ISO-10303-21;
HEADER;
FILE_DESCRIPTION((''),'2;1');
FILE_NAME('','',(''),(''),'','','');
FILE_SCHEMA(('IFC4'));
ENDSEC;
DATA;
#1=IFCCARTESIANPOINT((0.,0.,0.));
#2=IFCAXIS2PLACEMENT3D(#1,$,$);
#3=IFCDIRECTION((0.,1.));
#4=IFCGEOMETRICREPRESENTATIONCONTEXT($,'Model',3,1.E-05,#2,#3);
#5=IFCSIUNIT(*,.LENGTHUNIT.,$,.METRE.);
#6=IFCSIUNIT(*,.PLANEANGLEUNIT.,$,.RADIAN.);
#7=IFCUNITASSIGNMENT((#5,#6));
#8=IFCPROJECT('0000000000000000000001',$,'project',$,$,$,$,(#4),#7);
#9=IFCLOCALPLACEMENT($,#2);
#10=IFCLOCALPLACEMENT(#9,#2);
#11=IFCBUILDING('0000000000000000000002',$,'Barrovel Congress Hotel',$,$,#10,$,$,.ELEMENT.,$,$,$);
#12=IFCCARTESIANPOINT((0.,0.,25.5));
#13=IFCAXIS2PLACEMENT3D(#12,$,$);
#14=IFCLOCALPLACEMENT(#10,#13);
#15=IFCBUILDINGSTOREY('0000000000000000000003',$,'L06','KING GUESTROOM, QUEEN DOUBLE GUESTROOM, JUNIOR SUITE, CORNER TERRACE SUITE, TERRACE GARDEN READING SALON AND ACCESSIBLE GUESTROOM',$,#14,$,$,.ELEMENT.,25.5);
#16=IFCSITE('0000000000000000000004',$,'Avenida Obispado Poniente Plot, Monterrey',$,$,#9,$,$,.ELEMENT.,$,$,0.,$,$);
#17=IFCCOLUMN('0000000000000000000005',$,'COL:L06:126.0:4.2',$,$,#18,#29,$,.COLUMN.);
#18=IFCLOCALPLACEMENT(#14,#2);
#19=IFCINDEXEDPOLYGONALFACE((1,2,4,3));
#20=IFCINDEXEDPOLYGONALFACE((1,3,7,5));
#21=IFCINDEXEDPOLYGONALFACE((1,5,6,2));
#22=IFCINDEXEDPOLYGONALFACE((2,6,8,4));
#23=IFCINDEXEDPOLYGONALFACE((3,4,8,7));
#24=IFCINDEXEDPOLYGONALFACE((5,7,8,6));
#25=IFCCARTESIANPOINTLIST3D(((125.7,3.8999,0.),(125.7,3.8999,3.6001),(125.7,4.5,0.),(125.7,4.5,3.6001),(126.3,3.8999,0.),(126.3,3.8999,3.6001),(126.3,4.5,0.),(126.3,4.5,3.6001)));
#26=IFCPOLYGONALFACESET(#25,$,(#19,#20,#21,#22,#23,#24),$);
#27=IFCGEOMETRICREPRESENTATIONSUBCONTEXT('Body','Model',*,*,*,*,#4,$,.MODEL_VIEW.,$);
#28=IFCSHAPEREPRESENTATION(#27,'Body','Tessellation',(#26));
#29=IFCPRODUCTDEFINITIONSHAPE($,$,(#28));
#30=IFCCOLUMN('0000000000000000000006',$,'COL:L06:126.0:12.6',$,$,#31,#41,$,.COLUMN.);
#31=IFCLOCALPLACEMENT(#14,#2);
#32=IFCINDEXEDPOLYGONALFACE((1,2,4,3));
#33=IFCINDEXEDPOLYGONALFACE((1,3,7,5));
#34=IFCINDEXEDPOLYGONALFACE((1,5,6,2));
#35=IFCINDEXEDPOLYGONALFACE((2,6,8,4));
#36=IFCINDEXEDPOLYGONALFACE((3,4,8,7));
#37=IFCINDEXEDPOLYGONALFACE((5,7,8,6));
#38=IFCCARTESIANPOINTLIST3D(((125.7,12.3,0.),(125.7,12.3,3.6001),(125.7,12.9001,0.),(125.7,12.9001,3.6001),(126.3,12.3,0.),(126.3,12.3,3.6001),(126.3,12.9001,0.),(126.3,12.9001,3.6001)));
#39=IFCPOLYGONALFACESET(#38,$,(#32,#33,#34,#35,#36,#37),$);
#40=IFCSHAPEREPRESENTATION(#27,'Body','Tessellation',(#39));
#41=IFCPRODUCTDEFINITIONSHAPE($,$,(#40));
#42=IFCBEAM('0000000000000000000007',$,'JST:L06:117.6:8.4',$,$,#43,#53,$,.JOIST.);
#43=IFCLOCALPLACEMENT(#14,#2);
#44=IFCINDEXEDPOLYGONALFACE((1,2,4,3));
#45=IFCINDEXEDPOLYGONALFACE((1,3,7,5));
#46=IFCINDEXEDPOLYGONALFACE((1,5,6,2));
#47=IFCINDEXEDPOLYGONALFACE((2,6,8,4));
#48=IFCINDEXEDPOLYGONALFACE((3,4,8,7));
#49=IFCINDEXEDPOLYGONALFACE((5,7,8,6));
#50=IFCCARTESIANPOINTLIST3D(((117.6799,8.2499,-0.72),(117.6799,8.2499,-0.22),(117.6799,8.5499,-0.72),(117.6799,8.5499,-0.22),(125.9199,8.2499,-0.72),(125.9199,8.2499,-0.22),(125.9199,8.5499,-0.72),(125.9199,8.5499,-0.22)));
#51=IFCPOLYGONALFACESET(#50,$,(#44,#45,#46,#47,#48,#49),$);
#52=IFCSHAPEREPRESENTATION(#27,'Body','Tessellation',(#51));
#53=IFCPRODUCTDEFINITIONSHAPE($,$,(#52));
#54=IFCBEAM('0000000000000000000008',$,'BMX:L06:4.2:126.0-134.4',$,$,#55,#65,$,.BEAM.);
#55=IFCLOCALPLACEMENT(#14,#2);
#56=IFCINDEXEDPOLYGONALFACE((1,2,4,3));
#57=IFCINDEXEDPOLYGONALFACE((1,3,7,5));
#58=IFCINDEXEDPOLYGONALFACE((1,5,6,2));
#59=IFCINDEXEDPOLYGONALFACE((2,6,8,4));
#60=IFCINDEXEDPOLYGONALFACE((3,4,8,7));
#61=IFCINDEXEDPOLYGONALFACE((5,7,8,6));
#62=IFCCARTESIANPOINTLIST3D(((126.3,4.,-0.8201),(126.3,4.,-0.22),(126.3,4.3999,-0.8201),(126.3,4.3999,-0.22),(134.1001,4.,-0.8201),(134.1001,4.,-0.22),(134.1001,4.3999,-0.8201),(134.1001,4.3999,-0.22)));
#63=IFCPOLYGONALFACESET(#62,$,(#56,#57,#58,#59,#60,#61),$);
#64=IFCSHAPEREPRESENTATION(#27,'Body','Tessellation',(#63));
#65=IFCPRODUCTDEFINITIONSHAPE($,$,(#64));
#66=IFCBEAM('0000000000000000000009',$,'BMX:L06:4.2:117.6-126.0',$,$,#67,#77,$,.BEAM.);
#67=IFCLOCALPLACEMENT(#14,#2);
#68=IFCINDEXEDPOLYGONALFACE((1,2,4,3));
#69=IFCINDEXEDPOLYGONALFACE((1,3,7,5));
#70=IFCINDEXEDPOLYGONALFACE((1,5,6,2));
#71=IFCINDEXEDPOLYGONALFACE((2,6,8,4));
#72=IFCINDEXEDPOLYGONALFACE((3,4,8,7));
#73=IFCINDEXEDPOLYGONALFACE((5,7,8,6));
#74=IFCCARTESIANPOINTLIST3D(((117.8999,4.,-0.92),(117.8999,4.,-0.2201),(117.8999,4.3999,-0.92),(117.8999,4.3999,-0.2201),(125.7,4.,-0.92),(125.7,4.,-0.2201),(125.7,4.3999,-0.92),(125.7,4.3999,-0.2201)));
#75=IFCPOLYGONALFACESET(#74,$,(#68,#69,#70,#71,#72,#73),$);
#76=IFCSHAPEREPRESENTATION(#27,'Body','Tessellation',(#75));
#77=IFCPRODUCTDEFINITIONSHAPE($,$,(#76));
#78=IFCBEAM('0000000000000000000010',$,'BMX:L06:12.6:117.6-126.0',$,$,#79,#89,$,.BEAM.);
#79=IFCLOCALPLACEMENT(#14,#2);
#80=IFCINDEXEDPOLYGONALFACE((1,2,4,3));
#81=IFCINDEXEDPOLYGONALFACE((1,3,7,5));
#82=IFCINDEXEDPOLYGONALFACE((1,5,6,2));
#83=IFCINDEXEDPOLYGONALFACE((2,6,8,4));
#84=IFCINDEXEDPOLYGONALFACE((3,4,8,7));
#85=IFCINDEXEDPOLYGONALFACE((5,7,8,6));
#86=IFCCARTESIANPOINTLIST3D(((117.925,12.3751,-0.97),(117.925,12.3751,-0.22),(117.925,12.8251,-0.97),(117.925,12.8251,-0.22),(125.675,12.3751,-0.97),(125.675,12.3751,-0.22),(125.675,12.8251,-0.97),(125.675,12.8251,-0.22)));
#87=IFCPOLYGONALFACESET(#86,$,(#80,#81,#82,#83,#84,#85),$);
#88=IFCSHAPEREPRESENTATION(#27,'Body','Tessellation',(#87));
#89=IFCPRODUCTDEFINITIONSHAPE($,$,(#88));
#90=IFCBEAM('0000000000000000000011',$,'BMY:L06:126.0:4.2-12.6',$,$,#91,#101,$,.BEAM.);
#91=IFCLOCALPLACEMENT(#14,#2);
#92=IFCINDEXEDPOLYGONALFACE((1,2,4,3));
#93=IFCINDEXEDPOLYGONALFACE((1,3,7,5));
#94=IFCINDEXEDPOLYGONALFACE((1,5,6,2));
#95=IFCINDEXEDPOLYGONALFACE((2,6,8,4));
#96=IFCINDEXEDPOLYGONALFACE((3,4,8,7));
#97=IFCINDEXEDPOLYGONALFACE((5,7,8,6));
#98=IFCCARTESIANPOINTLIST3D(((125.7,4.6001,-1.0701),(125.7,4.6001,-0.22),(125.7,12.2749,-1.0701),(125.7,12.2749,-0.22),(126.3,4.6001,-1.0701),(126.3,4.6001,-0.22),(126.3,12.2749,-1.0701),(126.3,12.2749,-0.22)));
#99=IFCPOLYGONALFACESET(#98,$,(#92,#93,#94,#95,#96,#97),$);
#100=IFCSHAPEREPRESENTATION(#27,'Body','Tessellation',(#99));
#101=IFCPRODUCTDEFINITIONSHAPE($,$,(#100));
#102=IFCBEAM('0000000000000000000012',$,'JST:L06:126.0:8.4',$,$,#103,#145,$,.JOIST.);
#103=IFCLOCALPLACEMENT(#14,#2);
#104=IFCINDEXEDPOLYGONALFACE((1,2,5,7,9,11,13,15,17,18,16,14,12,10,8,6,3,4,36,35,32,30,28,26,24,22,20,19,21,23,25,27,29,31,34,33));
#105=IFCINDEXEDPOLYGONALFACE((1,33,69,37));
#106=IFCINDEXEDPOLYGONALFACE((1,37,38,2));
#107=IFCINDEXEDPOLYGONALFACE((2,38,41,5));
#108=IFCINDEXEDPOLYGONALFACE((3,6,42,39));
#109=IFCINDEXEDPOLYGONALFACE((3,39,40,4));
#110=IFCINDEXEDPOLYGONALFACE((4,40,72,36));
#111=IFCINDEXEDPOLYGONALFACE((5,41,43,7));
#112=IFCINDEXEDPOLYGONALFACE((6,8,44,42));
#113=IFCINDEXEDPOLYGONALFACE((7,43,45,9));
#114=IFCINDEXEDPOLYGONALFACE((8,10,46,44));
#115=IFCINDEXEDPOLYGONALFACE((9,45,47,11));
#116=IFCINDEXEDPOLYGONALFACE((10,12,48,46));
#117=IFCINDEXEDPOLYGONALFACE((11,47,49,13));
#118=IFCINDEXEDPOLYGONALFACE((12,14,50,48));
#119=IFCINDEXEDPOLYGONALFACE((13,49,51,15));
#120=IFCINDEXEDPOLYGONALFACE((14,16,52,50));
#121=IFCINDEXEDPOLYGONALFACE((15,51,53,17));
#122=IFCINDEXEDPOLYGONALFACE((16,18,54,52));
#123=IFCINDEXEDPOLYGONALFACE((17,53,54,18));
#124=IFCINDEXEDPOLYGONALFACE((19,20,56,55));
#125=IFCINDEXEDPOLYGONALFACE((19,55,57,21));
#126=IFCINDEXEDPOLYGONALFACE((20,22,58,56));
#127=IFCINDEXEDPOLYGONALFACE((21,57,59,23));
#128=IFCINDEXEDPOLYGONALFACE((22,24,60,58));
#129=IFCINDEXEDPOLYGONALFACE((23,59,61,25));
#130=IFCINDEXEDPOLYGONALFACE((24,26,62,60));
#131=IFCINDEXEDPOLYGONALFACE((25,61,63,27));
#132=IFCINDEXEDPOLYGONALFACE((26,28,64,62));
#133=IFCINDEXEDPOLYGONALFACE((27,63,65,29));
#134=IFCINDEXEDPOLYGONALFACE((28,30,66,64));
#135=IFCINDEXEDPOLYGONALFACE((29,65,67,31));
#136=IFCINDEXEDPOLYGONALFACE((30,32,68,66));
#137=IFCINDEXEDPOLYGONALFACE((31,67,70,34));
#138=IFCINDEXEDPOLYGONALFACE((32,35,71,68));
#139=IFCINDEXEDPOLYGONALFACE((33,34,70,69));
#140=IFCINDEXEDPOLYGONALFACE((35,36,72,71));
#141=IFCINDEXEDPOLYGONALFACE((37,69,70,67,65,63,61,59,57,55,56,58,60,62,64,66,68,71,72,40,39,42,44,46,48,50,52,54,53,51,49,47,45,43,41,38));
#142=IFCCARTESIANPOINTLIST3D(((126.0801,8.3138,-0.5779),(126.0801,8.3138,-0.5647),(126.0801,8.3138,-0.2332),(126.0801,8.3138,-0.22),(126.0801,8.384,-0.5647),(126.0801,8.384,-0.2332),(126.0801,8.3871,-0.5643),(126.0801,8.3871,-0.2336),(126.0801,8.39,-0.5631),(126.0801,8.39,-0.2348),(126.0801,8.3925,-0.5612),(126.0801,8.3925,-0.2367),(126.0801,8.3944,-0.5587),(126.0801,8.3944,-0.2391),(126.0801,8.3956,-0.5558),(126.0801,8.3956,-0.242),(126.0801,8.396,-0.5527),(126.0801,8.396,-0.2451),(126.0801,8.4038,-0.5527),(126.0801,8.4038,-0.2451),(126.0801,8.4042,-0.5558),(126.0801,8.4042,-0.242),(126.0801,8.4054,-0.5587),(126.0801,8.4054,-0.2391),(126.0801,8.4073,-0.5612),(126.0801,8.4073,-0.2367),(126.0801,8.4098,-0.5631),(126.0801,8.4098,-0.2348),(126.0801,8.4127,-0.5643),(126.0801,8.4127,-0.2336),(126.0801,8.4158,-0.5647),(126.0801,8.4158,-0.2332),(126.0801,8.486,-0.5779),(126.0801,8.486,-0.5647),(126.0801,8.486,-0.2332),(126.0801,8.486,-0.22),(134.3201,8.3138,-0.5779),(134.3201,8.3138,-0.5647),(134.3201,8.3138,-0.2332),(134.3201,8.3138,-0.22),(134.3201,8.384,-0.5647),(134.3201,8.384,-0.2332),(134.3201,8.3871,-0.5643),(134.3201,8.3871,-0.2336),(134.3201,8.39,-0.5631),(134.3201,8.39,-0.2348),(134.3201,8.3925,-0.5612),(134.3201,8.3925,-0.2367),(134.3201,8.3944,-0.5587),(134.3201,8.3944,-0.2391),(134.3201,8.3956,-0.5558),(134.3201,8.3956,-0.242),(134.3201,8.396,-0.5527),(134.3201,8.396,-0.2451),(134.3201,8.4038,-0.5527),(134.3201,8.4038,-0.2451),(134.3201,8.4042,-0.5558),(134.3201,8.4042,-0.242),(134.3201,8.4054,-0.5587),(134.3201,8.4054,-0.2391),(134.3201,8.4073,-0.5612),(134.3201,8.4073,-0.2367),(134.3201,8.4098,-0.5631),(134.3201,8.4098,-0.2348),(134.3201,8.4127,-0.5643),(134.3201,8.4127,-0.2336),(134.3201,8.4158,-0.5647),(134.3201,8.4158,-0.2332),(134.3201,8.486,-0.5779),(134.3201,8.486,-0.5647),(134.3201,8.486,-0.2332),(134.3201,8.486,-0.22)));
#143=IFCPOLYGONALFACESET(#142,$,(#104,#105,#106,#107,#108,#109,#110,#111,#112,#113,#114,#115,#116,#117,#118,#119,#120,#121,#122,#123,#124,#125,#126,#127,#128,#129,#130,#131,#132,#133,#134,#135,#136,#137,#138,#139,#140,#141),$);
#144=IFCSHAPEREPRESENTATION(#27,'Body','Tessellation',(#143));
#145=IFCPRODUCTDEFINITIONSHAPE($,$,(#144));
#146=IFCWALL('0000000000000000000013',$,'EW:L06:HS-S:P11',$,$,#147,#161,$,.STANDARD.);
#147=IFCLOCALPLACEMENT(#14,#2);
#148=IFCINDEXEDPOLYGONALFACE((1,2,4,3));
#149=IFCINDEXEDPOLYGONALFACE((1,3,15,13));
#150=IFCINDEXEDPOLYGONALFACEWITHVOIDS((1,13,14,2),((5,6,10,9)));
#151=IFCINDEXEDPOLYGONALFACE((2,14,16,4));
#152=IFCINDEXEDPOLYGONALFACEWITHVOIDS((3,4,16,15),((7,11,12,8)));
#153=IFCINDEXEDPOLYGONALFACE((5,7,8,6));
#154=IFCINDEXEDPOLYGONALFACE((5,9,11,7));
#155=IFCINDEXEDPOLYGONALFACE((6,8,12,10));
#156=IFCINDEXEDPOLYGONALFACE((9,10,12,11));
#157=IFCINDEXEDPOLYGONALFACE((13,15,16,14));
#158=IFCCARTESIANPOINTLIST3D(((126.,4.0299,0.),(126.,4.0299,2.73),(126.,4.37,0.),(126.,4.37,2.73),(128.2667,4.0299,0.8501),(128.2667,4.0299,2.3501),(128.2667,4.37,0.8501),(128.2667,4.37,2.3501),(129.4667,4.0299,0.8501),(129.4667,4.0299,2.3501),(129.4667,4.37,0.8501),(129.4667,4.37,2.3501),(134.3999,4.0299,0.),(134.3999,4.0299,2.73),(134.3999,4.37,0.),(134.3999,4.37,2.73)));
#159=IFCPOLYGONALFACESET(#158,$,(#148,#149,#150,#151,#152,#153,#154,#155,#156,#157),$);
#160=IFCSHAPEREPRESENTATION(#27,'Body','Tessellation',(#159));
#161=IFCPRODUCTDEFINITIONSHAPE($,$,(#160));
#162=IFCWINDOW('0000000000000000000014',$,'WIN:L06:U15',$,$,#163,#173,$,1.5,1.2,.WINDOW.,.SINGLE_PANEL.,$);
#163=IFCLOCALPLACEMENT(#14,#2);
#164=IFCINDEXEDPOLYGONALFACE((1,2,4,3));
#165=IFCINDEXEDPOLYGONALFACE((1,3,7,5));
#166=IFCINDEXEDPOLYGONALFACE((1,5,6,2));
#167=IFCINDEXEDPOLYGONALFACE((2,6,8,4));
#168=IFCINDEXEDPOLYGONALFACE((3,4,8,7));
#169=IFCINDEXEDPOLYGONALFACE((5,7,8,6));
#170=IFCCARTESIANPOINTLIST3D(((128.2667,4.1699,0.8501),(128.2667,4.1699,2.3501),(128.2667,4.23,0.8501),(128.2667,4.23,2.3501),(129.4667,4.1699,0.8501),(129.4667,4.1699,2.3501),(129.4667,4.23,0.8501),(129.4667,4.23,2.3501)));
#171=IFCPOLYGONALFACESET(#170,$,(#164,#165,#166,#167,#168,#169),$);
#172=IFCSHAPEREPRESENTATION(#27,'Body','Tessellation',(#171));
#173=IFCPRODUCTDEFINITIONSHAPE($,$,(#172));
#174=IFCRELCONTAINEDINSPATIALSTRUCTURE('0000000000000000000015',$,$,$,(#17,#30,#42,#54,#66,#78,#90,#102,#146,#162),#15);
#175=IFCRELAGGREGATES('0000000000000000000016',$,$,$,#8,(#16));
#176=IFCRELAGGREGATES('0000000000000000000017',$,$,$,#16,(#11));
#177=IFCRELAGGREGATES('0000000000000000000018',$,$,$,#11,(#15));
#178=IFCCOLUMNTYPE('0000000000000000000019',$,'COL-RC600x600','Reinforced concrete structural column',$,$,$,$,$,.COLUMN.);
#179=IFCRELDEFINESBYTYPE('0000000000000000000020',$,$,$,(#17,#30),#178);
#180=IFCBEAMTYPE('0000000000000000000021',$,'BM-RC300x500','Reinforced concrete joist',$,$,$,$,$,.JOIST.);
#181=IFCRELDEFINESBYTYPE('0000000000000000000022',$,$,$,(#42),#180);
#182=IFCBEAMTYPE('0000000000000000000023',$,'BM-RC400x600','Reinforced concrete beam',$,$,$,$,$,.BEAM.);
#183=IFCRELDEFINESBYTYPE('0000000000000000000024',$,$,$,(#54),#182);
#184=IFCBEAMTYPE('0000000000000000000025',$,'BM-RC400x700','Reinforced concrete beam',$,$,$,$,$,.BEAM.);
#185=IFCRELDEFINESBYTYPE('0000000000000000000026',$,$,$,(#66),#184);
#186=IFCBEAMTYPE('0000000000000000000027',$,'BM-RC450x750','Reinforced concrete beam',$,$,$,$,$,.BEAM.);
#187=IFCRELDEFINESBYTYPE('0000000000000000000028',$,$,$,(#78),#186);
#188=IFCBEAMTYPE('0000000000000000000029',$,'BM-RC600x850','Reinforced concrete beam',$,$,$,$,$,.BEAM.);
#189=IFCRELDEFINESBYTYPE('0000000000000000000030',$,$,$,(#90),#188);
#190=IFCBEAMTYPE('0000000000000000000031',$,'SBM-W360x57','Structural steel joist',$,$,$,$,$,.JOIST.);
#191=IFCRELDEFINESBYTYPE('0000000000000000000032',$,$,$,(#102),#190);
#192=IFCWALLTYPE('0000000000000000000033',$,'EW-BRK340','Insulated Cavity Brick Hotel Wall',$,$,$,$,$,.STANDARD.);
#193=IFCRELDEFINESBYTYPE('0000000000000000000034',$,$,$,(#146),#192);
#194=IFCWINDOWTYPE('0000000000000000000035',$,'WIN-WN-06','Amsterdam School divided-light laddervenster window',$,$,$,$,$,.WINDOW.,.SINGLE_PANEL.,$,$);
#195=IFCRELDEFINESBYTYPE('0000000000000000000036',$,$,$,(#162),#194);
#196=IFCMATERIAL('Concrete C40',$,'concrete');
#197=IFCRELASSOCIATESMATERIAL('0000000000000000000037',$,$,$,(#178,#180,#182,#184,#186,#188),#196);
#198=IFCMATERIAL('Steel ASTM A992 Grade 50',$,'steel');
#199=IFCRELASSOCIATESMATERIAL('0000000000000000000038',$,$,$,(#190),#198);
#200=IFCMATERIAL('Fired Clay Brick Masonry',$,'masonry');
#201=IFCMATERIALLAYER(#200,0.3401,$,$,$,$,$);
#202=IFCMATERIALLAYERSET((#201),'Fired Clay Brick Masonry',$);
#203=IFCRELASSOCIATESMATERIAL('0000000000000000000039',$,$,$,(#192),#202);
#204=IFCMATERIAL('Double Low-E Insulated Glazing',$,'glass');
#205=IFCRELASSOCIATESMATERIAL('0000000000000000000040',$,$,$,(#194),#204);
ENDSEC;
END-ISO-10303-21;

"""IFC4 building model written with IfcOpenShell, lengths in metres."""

from ifc_helpers import new_model, si_unit, direction, frame, frame_2d, origin, origin_2d, place, context, subcontext, project, spatial, rectangle, i_section, extrude, material, layer, layer_set, material_profile, profile_set, type_object, element, fill, save


model = new_model("IFC4")

# Units and contexts
model_context = context("Model", 3, precision=1e-05, world=origin(), true_north=direction((0.0, 1.0)))
body_context = subcontext(model_context, "Body", "Model", "MODEL_VIEW")
ifc_project = project(units=[si_unit("LENGTHUNIT", "METRE"), si_unit("PLANEANGLEUNIT", "RADIAN")], contexts=[model_context])

# Site, building, storey
site_placement = place(None, origin())
site = spatial("IfcSite", under=ifc_project, at=site_placement, Name="Avenida Obispado Poniente Plot, Monterrey", CompositionType="ELEMENT", RefElevation=0.0)
building_placement = place(site_placement, origin())
building = spatial("IfcBuilding", under=site, at=building_placement, Name="Barrovel Congress Hotel", CompositionType="ELEMENT")
storey_placement = place(building_placement, frame((0.0, 0.0, 25.5)))
storey = spatial("IfcBuildingStorey", under=building, at=storey_placement, Name="L06", Description="KING GUESTROOM, QUEEN DOUBLE GUESTROOM, JUNIOR SUITE, CORNER TERRACE SUITE, TERRACE GARDEN READING SALON AND ACCESSIBLE GUESTROOM", CompositionType="ELEMENT", Elevation=25.5)

# Columns
ifc_material_1 = material(Name="Concrete C40", Category="concrete")
ifc_material_profile_1 = material_profile(ifc_material_1, rectangle(XDim=0.6001, YDim=0.6001, at=origin_2d()), Name="RC600x600")
ifc_profile_set_1 = profile_set([ifc_material_profile_1], Name="Concrete C40")
column_type = type_object("IfcColumnType", Name="COL-RC600x600", Description="Reinforced concrete structural column", PredefinedType="COLUMN", material=ifc_profile_set_1)
for number, where, z_axis, x_axis, name in (
    (1, (126.0, 4.2, 0.0), (0.0, 0.0, 1.0), (1.0, 0.0, 0.0), "COL:L06:126.0:4.2"),
    (2, (126.0, 12.6001, 0.0), (0.0, 0.0, 1.0), (1.0, 0.0, 0.0), "COL:L06:126.0:12.6"),
):
    element("IfcColumn", number, at=place(storey_placement, frame(where, z_axis=z_axis, x_axis=x_axis)), inside=storey, type_object=column_type, Name=name, PredefinedType="COLUMN", context=body_context, shape_type="SweptSolid", body=[
        extrude(rectangle(XDim=0.6001, YDim=0.6001, at=origin_2d()), origin(), (0.0, 0.0, 1.0), 3.6001),
    ])

# Beams
ifc_material_profile_2 = material_profile(ifc_material_1, rectangle(XDim=0.3, YDim=0.5, at=origin_2d()), Name="RC300x500")
ifc_profile_set_2 = profile_set([ifc_material_profile_2], Name="Concrete C40")
beam_type_1 = type_object("IfcBeamType", Name="BM-RC300x500", Description="Reinforced concrete joist", PredefinedType="JOIST", material=ifc_profile_set_2)
beam_1_placement = place(storey_placement, frame((117.6799, 8.3999, -0.47), z_axis=(1.0, 0.0, 0.0), x_axis=(0.0, 1.0, 0.0)))
element("IfcBeam", 3, at=beam_1_placement, inside=storey, type_object=beam_type_1, Name="JST:L06:117.6:8.4", PredefinedType="JOIST", context=body_context, shape_type="SweptSolid", body=[
    extrude(rectangle(XDim=0.3, YDim=0.5, at=origin_2d()), origin(), (0.0, 0.0, 1.0), 8.24),
])
ifc_material_profile_3 = material_profile(ifc_material_1, rectangle(XDim=0.3999, YDim=0.6001, at=origin_2d()), Name="RC400x600")
ifc_profile_set_3 = profile_set([ifc_material_profile_3], Name="Concrete C40")
beam_type_2 = type_object("IfcBeamType", Name="BM-RC400x600", Description="Reinforced concrete beam", PredefinedType="BEAM", material=ifc_profile_set_3)
beam_2_placement = place(storey_placement, frame((126.3, 4.2, -0.52), z_axis=(1.0, 0.0, 0.0), x_axis=(0.0, 1.0, 0.0)))
element("IfcBeam", 4, at=beam_2_placement, inside=storey, type_object=beam_type_2, Name="BMX:L06:4.2:126.0-134.4", PredefinedType="BEAM", context=body_context, shape_type="SweptSolid", body=[
    extrude(rectangle(XDim=0.3999, YDim=0.6001, at=origin_2d()), origin(), (0.0, 0.0, 1.0), 7.8),
])
ifc_material_profile_4 = material_profile(ifc_material_1, rectangle(XDim=0.3999, YDim=0.7, at=origin_2d()), Name="RC400x700")
ifc_profile_set_4 = profile_set([ifc_material_profile_4], Name="Concrete C40")
beam_type_3 = type_object("IfcBeamType", Name="BM-RC400x700", Description="Reinforced concrete beam", PredefinedType="BEAM", material=ifc_profile_set_4)
beam_3_placement = place(storey_placement, frame((117.8999, 4.2, -0.5701), z_axis=(1.0, 0.0, 0.0), x_axis=(0.0, 1.0, 0.0)))
element("IfcBeam", 5, at=beam_3_placement, inside=storey, type_object=beam_type_3, Name="BMX:L06:4.2:117.6-126.0", PredefinedType="BEAM", context=body_context, shape_type="SweptSolid", body=[
    extrude(rectangle(XDim=0.3999, YDim=0.7, at=origin_2d()), origin(), (0.0, 0.0, 1.0), 7.8),
])
ifc_material_profile_5 = material_profile(ifc_material_1, rectangle(XDim=0.45, YDim=0.75, at=origin_2d()), Name="RC450x750")
ifc_profile_set_5 = profile_set([ifc_material_profile_5], Name="Concrete C40")
beam_type_4 = type_object("IfcBeamType", Name="BM-RC450x750", Description="Reinforced concrete beam", PredefinedType="BEAM", material=ifc_profile_set_5)
beam_4_placement = place(storey_placement, frame((117.925, 12.6001, -0.595), z_axis=(1.0, 0.0, 0.0), x_axis=(0.0, 1.0, 0.0)))
element("IfcBeam", 6, at=beam_4_placement, inside=storey, type_object=beam_type_4, Name="BMX:L06:12.6:117.6-126.0", PredefinedType="BEAM", context=body_context, shape_type="SweptSolid", body=[
    extrude(rectangle(XDim=0.45, YDim=0.75, at=origin_2d()), origin(), (0.0, 0.0, 1.0), 7.75),
])
ifc_material_profile_6 = material_profile(ifc_material_1, rectangle(XDim=0.6001, YDim=0.8501, at=origin_2d()), Name="RC600x850")
ifc_profile_set_6 = profile_set([ifc_material_profile_6], Name="Concrete C40")
beam_type_5 = type_object("IfcBeamType", Name="BM-RC600x850", Description="Reinforced concrete beam", PredefinedType="BEAM", material=ifc_profile_set_6)
beam_5_placement = place(storey_placement, frame((126.0, 4.6001, -0.645), z_axis=(0.0, 1.0, 0.0), x_axis=(-1.0, 0.0, 0.0)))
element("IfcBeam", 7, at=beam_5_placement, inside=storey, type_object=beam_type_5, Name="BMY:L06:126.0:4.2-12.6", PredefinedType="BEAM", context=body_context, shape_type="SweptSolid", body=[
    extrude(rectangle(XDim=0.6001, YDim=0.8501, at=origin_2d()), origin(), (0.0, 0.0, 1.0), 7.6748),
])
ifc_material_2 = material(Name="Steel ASTM A992 Grade 50", Category="steel")
ifc_material_profile_7 = material_profile(ifc_material_2, i_section(OverallWidth=0.1721, OverallDepth=0.3579, WebThickness=0.0078, FlangeThickness=0.0132, FilletRadius=0.012, at=origin_2d()), Name="W360x57")
ifc_profile_set_7 = profile_set([ifc_material_profile_7], Name="Steel ASTM A992 Grade 50")
beam_type_6 = type_object("IfcBeamType", Name="SBM-W360x57", Description="Structural steel joist", PredefinedType="JOIST", material=ifc_profile_set_7)
beam_6_placement = place(storey_placement, frame((126.0801, 8.3999, -0.3989), z_axis=(1.0, 0.0, 0.0), x_axis=(0.0, 1.0, 0.0)))
element("IfcBeam", 8, at=beam_6_placement, inside=storey, type_object=beam_type_6, Name="JST:L06:126.0:8.4", PredefinedType="JOIST", context=body_context, shape_type="SweptSolid", body=[
    extrude(i_section(OverallWidth=0.1721, OverallDepth=0.3579, WebThickness=0.0078, FlangeThickness=0.0132, FilletRadius=0.012, at=origin_2d()), origin(), (0.0, 0.0, 1.0), 8.24),
])

# Wall, opening, window
ifc_material_3 = material(Name="Fired Clay Brick Masonry", Category="masonry")
ifc_layer_1 = layer(ifc_material_3, 0.3401)
ifc_layer_set_1 = layer_set([ifc_layer_1], Name="Fired Clay Brick Masonry")
wall_type_1 = type_object("IfcWallType", Name="EW-BRK340", Description="Insulated Cavity Brick Hotel Wall", PredefinedType="STANDARD", material=ifc_layer_set_1)
wall_1_placement = place(storey_placement, frame((126.0, 4.2, 0.0), z_axis=(0.0, 0.0, 1.0), x_axis=(1.0, 0.0, 0.0)))
wall_1 = element("IfcWall", 9, at=wall_1_placement, inside=storey, type_object=wall_type_1, Name="EW:L06:HS-S:P11", PredefinedType="STANDARD", context=body_context, shape_type="SweptSolid", body=[
    extrude(rectangle(XDim=8.3999, YDim=0.3401, at=frame_2d((4.2, 0.0))), origin(), (0.0, 0.0, 1.0), 2.73),
])
opening_1_placement = place(wall_1_placement, frame((2.2666, 0.0, 0.8501)))
opening_1 = element("IfcOpeningElement", 10, at=opening_1_placement, cuts=wall_1, PredefinedType="OPENING", context=body_context, shape_type="SweptSolid", body=[
    extrude(rectangle(XDim=1.2, YDim=1.5, at=frame_2d((0.6001, 0.75))), frame((0.0, 0.1802, 0.0), z_axis=(0.0, -1.0, 0.0), x_axis=(1.0, 0.0, 0.0)), (0.0, 0.0, 1.0), 0.3601),
])
ifc_material_4 = material(Name="Double Low-E Insulated Glazing", Category="glass")
window_type = type_object("IfcWindowType", Name="WIN-WN-06", Description="Amsterdam School divided-light laddervenster window", PartitioningType="SINGLE_PANEL", PredefinedType="WINDOW", material=ifc_material_4)
window_placement = place(opening_1_placement, origin())
window = element("IfcWindow", 11, at=window_placement, inside=storey, type_object=window_type, Name="WIN:L06:U15", OverallHeight=1.5, OverallWidth=1.2, PartitioningType="SINGLE_PANEL", PredefinedType="WINDOW", context=body_context, shape_type="SweptSolid", body=[
    extrude(rectangle(XDim=1.2, YDim=1.5, at=frame_2d((0.6001, 0.75))), frame((0.0, 0.03, 0.0), z_axis=(0.0, -1.0, 0.0), x_axis=(1.0, 0.0, 0.0)), (0.0, 0.0, 1.0), 0.0601),
])
fill(opening_1, window)

save(model, "model.ifc")
